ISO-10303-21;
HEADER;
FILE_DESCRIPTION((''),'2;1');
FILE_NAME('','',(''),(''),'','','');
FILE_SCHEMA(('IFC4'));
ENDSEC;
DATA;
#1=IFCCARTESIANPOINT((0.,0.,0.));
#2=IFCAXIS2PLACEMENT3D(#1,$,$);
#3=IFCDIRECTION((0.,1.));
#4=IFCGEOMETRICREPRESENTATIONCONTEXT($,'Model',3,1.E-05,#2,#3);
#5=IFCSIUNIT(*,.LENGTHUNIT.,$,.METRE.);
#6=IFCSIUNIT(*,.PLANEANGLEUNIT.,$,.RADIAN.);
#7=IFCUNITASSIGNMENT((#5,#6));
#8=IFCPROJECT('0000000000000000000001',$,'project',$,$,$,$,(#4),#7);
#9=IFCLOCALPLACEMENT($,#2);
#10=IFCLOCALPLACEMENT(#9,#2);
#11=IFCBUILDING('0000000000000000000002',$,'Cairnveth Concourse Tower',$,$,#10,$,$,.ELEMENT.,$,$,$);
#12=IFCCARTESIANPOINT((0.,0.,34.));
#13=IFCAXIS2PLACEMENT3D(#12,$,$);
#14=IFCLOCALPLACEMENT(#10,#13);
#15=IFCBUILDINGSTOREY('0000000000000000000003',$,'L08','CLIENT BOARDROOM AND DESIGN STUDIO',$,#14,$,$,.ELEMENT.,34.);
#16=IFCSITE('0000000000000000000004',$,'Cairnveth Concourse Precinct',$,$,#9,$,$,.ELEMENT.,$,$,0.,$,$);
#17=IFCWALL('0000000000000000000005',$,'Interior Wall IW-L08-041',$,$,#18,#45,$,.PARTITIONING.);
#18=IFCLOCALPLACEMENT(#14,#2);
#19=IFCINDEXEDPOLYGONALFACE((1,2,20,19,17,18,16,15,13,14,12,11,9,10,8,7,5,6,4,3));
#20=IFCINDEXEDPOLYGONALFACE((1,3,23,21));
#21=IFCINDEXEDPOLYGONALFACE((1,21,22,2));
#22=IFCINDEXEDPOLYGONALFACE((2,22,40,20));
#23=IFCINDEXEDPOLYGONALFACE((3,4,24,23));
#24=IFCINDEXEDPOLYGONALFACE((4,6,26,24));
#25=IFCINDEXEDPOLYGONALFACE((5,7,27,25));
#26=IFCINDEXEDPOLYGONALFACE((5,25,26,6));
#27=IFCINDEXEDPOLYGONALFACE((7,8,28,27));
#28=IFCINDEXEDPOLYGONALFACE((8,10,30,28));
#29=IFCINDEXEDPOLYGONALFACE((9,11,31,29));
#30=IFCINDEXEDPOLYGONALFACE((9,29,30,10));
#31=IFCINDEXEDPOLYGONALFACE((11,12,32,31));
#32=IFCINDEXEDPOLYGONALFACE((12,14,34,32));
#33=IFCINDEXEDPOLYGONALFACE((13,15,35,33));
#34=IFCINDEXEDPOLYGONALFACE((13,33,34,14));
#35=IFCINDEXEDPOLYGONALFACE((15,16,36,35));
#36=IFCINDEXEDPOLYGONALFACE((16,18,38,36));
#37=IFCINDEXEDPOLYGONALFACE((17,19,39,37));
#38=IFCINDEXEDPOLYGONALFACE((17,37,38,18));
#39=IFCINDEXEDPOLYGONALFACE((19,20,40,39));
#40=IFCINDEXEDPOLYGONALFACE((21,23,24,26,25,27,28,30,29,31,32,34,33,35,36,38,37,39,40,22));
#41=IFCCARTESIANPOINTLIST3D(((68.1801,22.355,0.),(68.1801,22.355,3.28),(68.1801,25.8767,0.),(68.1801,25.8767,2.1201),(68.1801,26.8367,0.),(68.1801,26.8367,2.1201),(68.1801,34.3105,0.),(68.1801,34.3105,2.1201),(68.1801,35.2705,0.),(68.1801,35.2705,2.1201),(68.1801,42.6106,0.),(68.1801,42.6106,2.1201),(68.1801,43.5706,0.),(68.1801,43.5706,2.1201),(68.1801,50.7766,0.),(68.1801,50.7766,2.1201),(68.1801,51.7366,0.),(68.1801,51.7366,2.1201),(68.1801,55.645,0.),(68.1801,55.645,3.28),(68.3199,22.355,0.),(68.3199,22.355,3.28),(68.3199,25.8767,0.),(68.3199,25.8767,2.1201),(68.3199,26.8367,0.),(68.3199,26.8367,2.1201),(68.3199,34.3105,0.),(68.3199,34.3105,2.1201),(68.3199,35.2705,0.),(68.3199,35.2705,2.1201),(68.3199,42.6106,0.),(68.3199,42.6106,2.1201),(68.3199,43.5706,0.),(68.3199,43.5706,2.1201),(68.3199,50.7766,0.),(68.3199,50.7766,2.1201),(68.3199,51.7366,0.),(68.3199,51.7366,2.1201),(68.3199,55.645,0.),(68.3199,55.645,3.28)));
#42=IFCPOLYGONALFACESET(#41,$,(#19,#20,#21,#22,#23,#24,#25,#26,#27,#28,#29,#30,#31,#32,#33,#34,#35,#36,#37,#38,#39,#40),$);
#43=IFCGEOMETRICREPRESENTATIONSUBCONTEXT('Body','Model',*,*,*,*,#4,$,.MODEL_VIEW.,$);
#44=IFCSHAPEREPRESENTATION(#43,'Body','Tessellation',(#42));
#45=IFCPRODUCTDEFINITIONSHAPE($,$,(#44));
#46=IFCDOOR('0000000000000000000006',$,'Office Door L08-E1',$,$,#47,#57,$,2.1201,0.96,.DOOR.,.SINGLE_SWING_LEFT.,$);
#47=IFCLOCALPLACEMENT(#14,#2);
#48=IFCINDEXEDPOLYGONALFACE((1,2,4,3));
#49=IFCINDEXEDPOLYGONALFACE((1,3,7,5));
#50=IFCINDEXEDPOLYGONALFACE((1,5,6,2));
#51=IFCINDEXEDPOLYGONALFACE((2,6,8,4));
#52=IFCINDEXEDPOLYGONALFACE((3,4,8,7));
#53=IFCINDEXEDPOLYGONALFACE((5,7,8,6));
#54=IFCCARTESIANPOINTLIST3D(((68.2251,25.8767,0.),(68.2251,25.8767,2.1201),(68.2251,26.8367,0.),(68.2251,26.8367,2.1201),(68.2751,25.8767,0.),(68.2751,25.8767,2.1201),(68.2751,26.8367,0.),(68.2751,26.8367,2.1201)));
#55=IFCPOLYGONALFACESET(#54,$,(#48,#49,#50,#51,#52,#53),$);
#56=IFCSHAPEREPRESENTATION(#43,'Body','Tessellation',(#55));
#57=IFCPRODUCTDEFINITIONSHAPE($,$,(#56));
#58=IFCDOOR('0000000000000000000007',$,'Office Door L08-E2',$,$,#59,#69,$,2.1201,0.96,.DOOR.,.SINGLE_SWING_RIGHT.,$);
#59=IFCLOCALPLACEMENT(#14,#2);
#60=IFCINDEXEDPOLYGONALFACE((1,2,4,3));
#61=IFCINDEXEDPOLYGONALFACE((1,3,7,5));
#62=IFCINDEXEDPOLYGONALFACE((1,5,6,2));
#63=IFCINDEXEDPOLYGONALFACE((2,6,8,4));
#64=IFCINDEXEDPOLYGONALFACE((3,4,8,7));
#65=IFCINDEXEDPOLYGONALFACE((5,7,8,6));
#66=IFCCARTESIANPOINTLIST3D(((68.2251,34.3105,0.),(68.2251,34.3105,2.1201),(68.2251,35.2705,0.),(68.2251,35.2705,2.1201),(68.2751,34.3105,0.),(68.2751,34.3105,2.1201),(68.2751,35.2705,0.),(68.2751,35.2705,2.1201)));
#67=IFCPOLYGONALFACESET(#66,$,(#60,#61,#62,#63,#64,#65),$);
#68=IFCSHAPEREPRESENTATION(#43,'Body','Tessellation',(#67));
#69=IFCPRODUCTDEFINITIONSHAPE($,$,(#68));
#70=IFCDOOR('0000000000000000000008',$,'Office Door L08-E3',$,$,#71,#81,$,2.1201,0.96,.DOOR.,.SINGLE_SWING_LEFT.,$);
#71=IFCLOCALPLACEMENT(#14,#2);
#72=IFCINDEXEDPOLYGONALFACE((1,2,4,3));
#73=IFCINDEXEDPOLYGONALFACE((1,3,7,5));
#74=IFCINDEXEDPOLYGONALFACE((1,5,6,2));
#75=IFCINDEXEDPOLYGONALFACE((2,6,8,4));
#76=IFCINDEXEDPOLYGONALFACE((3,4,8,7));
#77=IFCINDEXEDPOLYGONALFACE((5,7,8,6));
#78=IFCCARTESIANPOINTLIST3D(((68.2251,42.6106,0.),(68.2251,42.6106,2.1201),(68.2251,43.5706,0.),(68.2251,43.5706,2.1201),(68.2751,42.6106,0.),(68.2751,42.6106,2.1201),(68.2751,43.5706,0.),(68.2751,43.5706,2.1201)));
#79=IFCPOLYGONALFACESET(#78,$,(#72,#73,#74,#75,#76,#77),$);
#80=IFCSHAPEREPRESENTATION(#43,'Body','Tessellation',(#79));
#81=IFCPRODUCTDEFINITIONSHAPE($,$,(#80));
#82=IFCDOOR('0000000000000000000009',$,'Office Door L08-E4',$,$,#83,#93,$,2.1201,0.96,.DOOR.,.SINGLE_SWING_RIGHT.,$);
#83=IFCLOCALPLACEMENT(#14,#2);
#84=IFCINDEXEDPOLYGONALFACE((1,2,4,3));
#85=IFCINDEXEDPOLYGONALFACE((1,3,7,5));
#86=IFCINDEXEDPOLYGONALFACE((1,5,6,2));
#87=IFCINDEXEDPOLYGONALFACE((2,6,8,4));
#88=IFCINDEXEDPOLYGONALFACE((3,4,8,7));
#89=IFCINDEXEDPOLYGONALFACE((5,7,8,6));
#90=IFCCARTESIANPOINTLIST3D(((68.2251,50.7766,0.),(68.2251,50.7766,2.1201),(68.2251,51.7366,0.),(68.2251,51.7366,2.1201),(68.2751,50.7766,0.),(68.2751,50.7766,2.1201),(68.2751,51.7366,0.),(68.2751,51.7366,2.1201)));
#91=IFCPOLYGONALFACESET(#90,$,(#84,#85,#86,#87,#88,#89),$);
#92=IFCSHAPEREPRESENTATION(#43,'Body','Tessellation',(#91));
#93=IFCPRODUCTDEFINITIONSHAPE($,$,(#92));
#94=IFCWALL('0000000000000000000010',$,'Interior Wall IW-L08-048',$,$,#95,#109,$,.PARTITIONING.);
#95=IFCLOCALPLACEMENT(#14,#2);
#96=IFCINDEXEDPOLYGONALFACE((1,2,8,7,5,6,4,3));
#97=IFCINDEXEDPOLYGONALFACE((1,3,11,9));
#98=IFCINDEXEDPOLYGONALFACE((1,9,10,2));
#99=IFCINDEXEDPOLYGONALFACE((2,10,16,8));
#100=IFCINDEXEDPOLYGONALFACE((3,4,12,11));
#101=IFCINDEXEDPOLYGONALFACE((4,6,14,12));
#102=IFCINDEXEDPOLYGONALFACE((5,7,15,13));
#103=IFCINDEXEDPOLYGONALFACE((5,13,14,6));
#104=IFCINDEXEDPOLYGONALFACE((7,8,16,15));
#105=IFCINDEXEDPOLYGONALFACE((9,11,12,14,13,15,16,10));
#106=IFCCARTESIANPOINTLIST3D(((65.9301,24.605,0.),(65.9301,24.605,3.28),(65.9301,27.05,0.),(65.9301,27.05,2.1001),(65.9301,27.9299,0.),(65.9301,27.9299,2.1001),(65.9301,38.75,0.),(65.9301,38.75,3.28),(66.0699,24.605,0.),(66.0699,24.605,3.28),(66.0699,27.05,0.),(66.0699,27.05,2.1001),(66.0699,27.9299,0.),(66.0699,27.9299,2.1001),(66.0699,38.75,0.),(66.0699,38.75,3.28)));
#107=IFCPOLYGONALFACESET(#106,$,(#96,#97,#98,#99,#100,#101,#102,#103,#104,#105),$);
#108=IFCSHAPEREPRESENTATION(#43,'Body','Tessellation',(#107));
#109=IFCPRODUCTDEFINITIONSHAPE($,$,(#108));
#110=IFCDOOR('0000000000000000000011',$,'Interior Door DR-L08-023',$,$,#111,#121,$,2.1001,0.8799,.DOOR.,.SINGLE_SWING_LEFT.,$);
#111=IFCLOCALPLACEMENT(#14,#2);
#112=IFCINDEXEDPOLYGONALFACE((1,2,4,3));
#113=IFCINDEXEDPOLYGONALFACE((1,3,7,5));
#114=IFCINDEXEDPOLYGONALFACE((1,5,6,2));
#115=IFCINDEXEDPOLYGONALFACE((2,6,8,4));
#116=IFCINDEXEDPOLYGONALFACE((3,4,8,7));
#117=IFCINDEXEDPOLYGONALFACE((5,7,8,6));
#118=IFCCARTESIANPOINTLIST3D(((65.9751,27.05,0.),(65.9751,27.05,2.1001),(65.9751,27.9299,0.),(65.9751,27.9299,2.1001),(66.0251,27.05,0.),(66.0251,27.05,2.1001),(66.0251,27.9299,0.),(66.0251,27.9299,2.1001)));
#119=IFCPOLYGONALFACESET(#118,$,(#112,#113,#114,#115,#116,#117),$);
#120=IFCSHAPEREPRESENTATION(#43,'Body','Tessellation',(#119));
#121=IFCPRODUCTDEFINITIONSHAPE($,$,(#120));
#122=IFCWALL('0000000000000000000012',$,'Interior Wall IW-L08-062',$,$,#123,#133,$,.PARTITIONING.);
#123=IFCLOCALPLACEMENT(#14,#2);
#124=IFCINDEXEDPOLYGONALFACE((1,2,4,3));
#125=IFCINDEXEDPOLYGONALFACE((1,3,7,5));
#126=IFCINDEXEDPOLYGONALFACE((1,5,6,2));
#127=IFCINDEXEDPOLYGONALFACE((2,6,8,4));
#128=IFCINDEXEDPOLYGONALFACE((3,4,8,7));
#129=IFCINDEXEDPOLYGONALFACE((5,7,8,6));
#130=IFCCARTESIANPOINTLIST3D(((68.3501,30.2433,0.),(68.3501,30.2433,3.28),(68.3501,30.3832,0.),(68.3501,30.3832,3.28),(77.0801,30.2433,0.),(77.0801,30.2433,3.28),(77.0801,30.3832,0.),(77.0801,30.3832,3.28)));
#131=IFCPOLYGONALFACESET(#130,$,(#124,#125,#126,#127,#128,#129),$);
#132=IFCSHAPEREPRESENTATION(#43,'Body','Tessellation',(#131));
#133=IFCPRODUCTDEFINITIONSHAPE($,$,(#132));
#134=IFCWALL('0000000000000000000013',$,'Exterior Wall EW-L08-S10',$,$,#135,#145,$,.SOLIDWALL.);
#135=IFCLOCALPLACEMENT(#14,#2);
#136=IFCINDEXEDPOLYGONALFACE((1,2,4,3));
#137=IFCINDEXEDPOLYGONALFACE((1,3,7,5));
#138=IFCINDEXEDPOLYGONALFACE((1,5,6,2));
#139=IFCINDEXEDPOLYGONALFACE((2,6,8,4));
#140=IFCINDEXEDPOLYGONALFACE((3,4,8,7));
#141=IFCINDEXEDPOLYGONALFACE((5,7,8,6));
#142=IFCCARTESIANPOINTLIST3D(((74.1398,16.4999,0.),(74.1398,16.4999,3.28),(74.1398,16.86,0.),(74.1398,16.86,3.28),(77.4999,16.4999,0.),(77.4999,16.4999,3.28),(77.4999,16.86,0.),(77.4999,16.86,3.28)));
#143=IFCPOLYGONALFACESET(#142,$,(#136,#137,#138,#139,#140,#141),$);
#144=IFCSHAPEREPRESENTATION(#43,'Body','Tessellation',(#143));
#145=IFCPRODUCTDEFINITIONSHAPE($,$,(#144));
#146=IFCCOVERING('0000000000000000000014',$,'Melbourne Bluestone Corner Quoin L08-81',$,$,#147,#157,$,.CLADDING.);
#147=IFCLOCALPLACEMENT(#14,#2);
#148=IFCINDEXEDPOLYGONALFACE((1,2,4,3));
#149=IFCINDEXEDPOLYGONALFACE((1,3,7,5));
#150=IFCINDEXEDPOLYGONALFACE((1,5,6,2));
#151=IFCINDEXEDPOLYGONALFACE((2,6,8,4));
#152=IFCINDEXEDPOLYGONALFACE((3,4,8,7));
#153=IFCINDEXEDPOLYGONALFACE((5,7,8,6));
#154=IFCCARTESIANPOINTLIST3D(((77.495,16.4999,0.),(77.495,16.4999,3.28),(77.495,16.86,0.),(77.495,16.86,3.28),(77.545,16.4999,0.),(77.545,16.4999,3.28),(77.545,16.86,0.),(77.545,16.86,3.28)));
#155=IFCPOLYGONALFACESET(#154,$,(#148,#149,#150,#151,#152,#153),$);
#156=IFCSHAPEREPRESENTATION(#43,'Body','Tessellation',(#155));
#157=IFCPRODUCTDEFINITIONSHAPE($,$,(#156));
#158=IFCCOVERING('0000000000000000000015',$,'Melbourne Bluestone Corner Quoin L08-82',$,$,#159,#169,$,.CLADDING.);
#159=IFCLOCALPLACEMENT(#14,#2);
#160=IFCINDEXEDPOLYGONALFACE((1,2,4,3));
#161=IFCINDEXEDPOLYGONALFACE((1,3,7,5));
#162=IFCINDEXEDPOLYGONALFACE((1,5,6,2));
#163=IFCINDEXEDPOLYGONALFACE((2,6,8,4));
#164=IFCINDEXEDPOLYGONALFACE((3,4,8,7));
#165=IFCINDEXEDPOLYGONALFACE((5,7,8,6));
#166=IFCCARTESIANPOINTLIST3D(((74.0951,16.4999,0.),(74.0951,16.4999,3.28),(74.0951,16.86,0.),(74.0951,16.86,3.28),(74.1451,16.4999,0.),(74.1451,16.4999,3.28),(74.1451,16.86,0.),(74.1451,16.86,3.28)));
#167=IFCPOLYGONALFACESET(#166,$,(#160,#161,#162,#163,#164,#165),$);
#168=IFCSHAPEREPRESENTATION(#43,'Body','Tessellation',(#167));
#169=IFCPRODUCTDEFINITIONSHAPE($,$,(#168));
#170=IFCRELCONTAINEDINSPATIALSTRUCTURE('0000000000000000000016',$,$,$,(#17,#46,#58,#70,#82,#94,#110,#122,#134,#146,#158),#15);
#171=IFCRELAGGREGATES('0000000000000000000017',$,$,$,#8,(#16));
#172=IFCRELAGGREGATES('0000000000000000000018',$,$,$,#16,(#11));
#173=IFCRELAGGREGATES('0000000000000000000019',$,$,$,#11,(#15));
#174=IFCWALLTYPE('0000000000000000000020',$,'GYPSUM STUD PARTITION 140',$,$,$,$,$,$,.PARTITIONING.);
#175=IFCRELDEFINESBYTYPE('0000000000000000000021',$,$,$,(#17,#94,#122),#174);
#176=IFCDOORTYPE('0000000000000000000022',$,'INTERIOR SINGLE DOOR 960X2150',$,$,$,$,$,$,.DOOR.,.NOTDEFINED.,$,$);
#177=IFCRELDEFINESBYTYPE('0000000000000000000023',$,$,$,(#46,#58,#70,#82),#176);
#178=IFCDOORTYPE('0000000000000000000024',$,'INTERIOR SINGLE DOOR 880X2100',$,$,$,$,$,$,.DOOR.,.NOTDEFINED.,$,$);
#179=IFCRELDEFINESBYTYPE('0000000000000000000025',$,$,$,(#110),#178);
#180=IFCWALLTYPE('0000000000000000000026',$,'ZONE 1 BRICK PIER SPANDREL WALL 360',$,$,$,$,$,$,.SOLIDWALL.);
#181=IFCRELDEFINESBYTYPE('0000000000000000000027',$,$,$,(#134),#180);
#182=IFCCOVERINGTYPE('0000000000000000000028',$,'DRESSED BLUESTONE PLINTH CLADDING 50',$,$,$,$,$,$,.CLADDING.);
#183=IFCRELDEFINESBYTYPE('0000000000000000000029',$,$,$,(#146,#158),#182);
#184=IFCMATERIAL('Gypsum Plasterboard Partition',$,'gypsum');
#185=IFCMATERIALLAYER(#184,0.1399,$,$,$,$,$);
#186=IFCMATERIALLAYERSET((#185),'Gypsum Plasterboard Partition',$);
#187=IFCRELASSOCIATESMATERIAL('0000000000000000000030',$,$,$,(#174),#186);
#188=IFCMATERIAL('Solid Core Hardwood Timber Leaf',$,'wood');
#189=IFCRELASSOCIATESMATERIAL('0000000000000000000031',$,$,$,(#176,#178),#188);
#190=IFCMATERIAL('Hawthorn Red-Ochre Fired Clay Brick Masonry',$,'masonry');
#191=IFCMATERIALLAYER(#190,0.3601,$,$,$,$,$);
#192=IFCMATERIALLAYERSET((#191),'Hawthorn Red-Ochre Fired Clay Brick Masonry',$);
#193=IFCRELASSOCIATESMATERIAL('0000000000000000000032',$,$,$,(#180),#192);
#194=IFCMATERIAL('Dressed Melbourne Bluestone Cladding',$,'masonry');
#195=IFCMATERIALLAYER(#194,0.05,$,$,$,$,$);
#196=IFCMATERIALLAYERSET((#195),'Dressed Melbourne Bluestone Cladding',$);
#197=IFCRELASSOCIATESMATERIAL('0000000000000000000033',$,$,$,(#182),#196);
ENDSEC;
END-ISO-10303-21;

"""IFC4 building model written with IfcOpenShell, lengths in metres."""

from ifc_helpers import new_model, si_unit, direction, frame, frame_2d, origin, place, context, subcontext, project, spatial, rectangle, extrude, material, layer, layer_set, type_object, element, fill, save


model = new_model("IFC4")

# Units and contexts
model_context = context("Model", 3, precision=1e-05, world=origin(), true_north=direction((0.0, 1.0)))
body_context = subcontext(model_context, "Body", "Model", "MODEL_VIEW")
ifc_project = project(units=[si_unit("LENGTHUNIT", "METRE"), si_unit("PLANEANGLEUNIT", "RADIAN")], contexts=[model_context])

# Site, building, storey
site_placement = place(None, origin())
site = spatial("IfcSite", under=ifc_project, at=site_placement, Name="Cairnveth Concourse Precinct", CompositionType="ELEMENT", RefElevation=0.0)
building_placement = place(site_placement, origin())
building = spatial("IfcBuilding", under=site, at=building_placement, Name="Cairnveth Concourse Tower", CompositionType="ELEMENT")
storey_placement = place(building_placement, frame((0.0, 0.0, 34.0)))
storey = spatial("IfcBuildingStorey", under=building, at=storey_placement, Name="L08", Description="CLIENT BOARDROOM AND DESIGN STUDIO", CompositionType="ELEMENT", Elevation=34.0)

# Wall, openings, doors
ifc_material_1 = material(Name="Gypsum Plasterboard Partition", Category="gypsum")
ifc_layer_1 = layer(ifc_material_1, 0.1399)
ifc_layer_set_1 = layer_set([ifc_layer_1], Name="Gypsum Plasterboard Partition")
wall_type_1 = type_object("IfcWallType", Name="GYPSUM STUD PARTITION 140", PredefinedType="PARTITIONING", material=ifc_layer_set_1)
wall_1_placement = place(storey_placement, frame((68.25, 22.355, 0.0), z_axis=(0.0, 0.0, 1.0), x_axis=(0.0, 1.0, 0.0)))
wall_1 = element("IfcWall", 1, at=wall_1_placement, inside=storey, type_object=wall_type_1, Name="Interior Wall IW-L08-041", PredefinedType="PARTITIONING", context=body_context, shape_type="SweptSolid", body=[
    extrude(rectangle(XDim=33.29, YDim=0.1399, at=frame_2d((16.645, 0.0))), origin(), (0.0, 0.0, 1.0), 3.28),
])
opening_1_placement = place(wall_1_placement, frame((3.5217, 0.0, 0.0)))
opening_1 = element("IfcOpeningElement", 2, at=opening_1_placement, cuts=wall_1, PredefinedType="OPENING", context=body_context, shape_type="SweptSolid", body=[
    extrude(rectangle(XDim=0.96, YDim=2.1201, at=frame_2d((0.48, 1.0601))), frame((0.0, 0.0798, 0.0), z_axis=(0.0, -1.0, 0.0), x_axis=(1.0, 0.0, 0.0)), (0.0, 0.0, 1.0), 0.1599),
])
opening_2_placement = place(wall_1_placement, frame((11.9556, 0.0, 0.0)))
opening_2 = element("IfcOpeningElement", 3, at=opening_2_placement, cuts=wall_1, PredefinedType="OPENING", context=body_context, shape_type="SweptSolid", body=[
    extrude(rectangle(XDim=0.96, YDim=2.1201, at=frame_2d((0.48, 1.0601))), frame((0.0, 0.0798, 0.0), z_axis=(0.0, -1.0, 0.0), x_axis=(1.0, 0.0, 0.0)), (0.0, 0.0, 1.0), 0.1599),
])
opening_3_placement = place(wall_1_placement, frame((20.2556, 0.0, 0.0)))
opening_3 = element("IfcOpeningElement", 4, at=opening_3_placement, cuts=wall_1, PredefinedType="OPENING", context=body_context, shape_type="SweptSolid", body=[
    extrude(rectangle(XDim=0.96, YDim=2.1201, at=frame_2d((0.48, 1.0601))), frame((0.0, 0.0798, 0.0), z_axis=(0.0, -1.0, 0.0), x_axis=(1.0, 0.0, 0.0)), (0.0, 0.0, 1.0), 0.1599),
])
opening_4_placement = place(wall_1_placement, frame((28.4216, 0.0, 0.0)))
opening_4 = element("IfcOpeningElement", 5, at=opening_4_placement, cuts=wall_1, PredefinedType="OPENING", context=body_context, shape_type="SweptSolid", body=[
    extrude(rectangle(XDim=0.96, YDim=2.1201, at=frame_2d((0.48, 1.0601))), frame((0.0, 0.0798, 0.0), z_axis=(0.0, -1.0, 0.0), x_axis=(1.0, 0.0, 0.0)), (0.0, 0.0, 1.0), 0.1599),
])
ifc_material_2 = material(Name="Solid Core Hardwood Timber Leaf", Category="wood")
door_type_1 = type_object("IfcDoorType", Name="INTERIOR SINGLE DOOR 960X2150", OperationType="NOTDEFINED", PredefinedType="DOOR", material=ifc_material_2)
door_1_placement = place(opening_1_placement, origin())
door_1 = element("IfcDoor", 6, at=door_1_placement, inside=storey, type_object=door_type_1, Name="Office Door L08-E1", OperationType="SINGLE_SWING_LEFT", OverallHeight=2.1201, OverallWidth=0.96, PredefinedType="DOOR", context=body_context, shape_type="SweptSolid", body=[
    extrude(rectangle(XDim=0.96, YDim=2.1201, at=frame_2d((0.48, 1.0601))), frame((0.0, 0.0249, 0.0), z_axis=(0.0, -1.0, 0.0), x_axis=(1.0, 0.0, 0.0)), (0.0, 0.0, 1.0), 0.05),
])
fill(opening_1, door_1)
door_2_placement = place(opening_2_placement, origin())
door_2 = element("IfcDoor", 7, at=door_2_placement, inside=storey, type_object=door_type_1, Name="Office Door L08-E2", OperationType="SINGLE_SWING_RIGHT", OverallHeight=2.1201, OverallWidth=0.96, PredefinedType="DOOR", context=body_context, shape_type="SweptSolid", body=[
    extrude(rectangle(XDim=0.96, YDim=2.1201, at=frame_2d((0.48, 1.0601))), frame((0.0, 0.0249, 0.0), z_axis=(0.0, -1.0, 0.0), x_axis=(1.0, 0.0, 0.0)), (0.0, 0.0, 1.0), 0.05),
])
fill(opening_2, door_2)
door_3_placement = place(opening_3_placement, origin())
door_3 = element("IfcDoor", 8, at=door_3_placement, inside=storey, type_object=door_type_1, Name="Office Door L08-E3", OperationType="SINGLE_SWING_LEFT", OverallHeight=2.1201, OverallWidth=0.96, PredefinedType="DOOR", context=body_context, shape_type="SweptSolid", body=[
    extrude(rectangle(XDim=0.96, YDim=2.1201, at=frame_2d((0.48, 1.0601))), frame((0.0, 0.0249, 0.0), z_axis=(0.0, -1.0, 0.0), x_axis=(1.0, 0.0, 0.0)), (0.0, 0.0, 1.0), 0.05),
])
fill(opening_3, door_3)
door_4_placement = place(opening_4_placement, origin())
door_4 = element("IfcDoor", 9, at=door_4_placement, inside=storey, type_object=door_type_1, Name="Office Door L08-E4", OperationType="SINGLE_SWING_RIGHT", OverallHeight=2.1201, OverallWidth=0.96, PredefinedType="DOOR", context=body_context, shape_type="SweptSolid", body=[
    extrude(rectangle(XDim=0.96, YDim=2.1201, at=frame_2d((0.48, 1.0601))), frame((0.0, 0.0249, 0.0), z_axis=(0.0, -1.0, 0.0), x_axis=(1.0, 0.0, 0.0)), (0.0, 0.0, 1.0), 0.05),
])
fill(opening_4, door_4)

# Wall, opening, door
wall_2_placement = place(storey_placement, frame((66.0, 24.605, 0.0), z_axis=(0.0, 0.0, 1.0), x_axis=(0.0, 1.0, 0.0)))
wall_2 = element("IfcWall", 10, at=wall_2_placement, inside=storey, type_object=wall_type_1, Name="Interior Wall IW-L08-048", PredefinedType="PARTITIONING", context=body_context, shape_type="SweptSolid", body=[
    extrude(rectangle(XDim=14.145, YDim=0.1399, at=frame_2d((7.0725, 0.0))), origin(), (0.0, 0.0, 1.0), 3.28),
])
opening_5_placement = place(wall_2_placement, frame((2.4451, 0.0, 0.0)))
opening_5 = element("IfcOpeningElement", 11, at=opening_5_placement, cuts=wall_2, PredefinedType="OPENING", context=body_context, shape_type="SweptSolid", body=[
    extrude(rectangle(XDim=0.8799, YDim=2.1001, at=frame_2d((0.4399, 1.05))), frame((0.0, 0.0798, 0.0), z_axis=(0.0, -1.0, 0.0), x_axis=(1.0, 0.0, 0.0)), (0.0, 0.0, 1.0), 0.1599),
])
door_type_2 = type_object("IfcDoorType", Name="INTERIOR SINGLE DOOR 880X2100", OperationType="NOTDEFINED", PredefinedType="DOOR", material=ifc_material_2)
door_5_placement = place(opening_5_placement, origin())
door_5 = element("IfcDoor", 12, at=door_5_placement, inside=storey, type_object=door_type_2, Name="Interior Door DR-L08-023", OperationType="SINGLE_SWING_LEFT", OverallHeight=2.1001, OverallWidth=0.8799, PredefinedType="DOOR", context=body_context, shape_type="SweptSolid", body=[
    extrude(rectangle(XDim=0.8799, YDim=2.1001, at=frame_2d((0.4399, 1.05))), frame((0.0, 0.0249, 0.0), z_axis=(0.0, -1.0, 0.0), x_axis=(1.0, 0.0, 0.0)), (0.0, 0.0, 1.0), 0.05),
])
fill(opening_5, door_5)

# Walls
wall_3_placement = place(storey_placement, frame((68.3501, 30.3132, 0.0), z_axis=(0.0, 0.0, 1.0), x_axis=(1.0, 0.0, 0.0)))
element("IfcWall", 13, at=wall_3_placement, inside=storey, type_object=wall_type_1, Name="Interior Wall IW-L08-062", PredefinedType="PARTITIONING", context=body_context, shape_type="SweptSolid", body=[
    extrude(rectangle(XDim=8.73, YDim=0.1399, at=frame_2d((4.365, 0.0))), origin(), (0.0, 0.0, 1.0), 3.28),
])
ifc_material_3 = material(Name="Hawthorn Red-Ochre Fired Clay Brick Masonry", Category="masonry")
ifc_layer_2 = layer(ifc_material_3, 0.3601)
ifc_layer_set_2 = layer_set([ifc_layer_2], Name="Hawthorn Red-Ochre Fired Clay Brick Masonry")
wall_type_2 = type_object("IfcWallType", Name="ZONE 1 BRICK PIER SPANDREL WALL 360", PredefinedType="SOLIDWALL", material=ifc_layer_set_2)
wall_4_placement = place(storey_placement, frame((77.5, 16.6799, 0.0), z_axis=(0.0, 0.0, 1.0), x_axis=(-1.0, 0.0, 0.0)))
element("IfcWall", 14, at=wall_4_placement, inside=storey, type_object=wall_type_2, Name="Exterior Wall EW-L08-S10", PredefinedType="SOLIDWALL", context=body_context, shape_type="SweptSolid", body=[
    extrude(rectangle(XDim=3.3601, YDim=0.3601, at=frame_2d((1.6802, 0.0))), origin(), (0.0, 0.0, 1.0), 3.28),
])

# Coverings
ifc_material_4 = material(Name="Dressed Melbourne Bluestone Cladding", Category="masonry")
ifc_layer_3 = layer(ifc_material_4, 0.05)
ifc_layer_set_3 = layer_set([ifc_layer_3], Name="Dressed Melbourne Bluestone Cladding")
covering_type = type_object("IfcCoveringType", Name="DRESSED BLUESTONE PLINTH CLADDING 50", PredefinedType="CLADDING", material=ifc_layer_set_3)
for number, where, z_axis, x_axis, name in (
    (15, (77.52, 16.8601, 0.0), (0.0, 0.0, 1.0), (0.0, -1.0, 0.0), "Melbourne Bluestone Corner Quoin L08-81"),
    (16, (74.1201, 16.8601, 0.0), (0.0, 0.0, 1.0), (0.0, -1.0, 0.0), "Melbourne Bluestone Corner Quoin L08-82"),
):
    element("IfcCovering", number, at=place(storey_placement, frame(where, z_axis=z_axis, x_axis=x_axis)), inside=storey, type_object=covering_type, Name=name, PredefinedType="CLADDING", context=body_context, shape_type="SweptSolid", body=[
        extrude(rectangle(XDim=0.3601, YDim=0.05, at=frame_2d((0.1802, 0.0))), origin(), (0.0, 0.0, 1.0), 3.28),
    ])

save(model, "model.ifc")
